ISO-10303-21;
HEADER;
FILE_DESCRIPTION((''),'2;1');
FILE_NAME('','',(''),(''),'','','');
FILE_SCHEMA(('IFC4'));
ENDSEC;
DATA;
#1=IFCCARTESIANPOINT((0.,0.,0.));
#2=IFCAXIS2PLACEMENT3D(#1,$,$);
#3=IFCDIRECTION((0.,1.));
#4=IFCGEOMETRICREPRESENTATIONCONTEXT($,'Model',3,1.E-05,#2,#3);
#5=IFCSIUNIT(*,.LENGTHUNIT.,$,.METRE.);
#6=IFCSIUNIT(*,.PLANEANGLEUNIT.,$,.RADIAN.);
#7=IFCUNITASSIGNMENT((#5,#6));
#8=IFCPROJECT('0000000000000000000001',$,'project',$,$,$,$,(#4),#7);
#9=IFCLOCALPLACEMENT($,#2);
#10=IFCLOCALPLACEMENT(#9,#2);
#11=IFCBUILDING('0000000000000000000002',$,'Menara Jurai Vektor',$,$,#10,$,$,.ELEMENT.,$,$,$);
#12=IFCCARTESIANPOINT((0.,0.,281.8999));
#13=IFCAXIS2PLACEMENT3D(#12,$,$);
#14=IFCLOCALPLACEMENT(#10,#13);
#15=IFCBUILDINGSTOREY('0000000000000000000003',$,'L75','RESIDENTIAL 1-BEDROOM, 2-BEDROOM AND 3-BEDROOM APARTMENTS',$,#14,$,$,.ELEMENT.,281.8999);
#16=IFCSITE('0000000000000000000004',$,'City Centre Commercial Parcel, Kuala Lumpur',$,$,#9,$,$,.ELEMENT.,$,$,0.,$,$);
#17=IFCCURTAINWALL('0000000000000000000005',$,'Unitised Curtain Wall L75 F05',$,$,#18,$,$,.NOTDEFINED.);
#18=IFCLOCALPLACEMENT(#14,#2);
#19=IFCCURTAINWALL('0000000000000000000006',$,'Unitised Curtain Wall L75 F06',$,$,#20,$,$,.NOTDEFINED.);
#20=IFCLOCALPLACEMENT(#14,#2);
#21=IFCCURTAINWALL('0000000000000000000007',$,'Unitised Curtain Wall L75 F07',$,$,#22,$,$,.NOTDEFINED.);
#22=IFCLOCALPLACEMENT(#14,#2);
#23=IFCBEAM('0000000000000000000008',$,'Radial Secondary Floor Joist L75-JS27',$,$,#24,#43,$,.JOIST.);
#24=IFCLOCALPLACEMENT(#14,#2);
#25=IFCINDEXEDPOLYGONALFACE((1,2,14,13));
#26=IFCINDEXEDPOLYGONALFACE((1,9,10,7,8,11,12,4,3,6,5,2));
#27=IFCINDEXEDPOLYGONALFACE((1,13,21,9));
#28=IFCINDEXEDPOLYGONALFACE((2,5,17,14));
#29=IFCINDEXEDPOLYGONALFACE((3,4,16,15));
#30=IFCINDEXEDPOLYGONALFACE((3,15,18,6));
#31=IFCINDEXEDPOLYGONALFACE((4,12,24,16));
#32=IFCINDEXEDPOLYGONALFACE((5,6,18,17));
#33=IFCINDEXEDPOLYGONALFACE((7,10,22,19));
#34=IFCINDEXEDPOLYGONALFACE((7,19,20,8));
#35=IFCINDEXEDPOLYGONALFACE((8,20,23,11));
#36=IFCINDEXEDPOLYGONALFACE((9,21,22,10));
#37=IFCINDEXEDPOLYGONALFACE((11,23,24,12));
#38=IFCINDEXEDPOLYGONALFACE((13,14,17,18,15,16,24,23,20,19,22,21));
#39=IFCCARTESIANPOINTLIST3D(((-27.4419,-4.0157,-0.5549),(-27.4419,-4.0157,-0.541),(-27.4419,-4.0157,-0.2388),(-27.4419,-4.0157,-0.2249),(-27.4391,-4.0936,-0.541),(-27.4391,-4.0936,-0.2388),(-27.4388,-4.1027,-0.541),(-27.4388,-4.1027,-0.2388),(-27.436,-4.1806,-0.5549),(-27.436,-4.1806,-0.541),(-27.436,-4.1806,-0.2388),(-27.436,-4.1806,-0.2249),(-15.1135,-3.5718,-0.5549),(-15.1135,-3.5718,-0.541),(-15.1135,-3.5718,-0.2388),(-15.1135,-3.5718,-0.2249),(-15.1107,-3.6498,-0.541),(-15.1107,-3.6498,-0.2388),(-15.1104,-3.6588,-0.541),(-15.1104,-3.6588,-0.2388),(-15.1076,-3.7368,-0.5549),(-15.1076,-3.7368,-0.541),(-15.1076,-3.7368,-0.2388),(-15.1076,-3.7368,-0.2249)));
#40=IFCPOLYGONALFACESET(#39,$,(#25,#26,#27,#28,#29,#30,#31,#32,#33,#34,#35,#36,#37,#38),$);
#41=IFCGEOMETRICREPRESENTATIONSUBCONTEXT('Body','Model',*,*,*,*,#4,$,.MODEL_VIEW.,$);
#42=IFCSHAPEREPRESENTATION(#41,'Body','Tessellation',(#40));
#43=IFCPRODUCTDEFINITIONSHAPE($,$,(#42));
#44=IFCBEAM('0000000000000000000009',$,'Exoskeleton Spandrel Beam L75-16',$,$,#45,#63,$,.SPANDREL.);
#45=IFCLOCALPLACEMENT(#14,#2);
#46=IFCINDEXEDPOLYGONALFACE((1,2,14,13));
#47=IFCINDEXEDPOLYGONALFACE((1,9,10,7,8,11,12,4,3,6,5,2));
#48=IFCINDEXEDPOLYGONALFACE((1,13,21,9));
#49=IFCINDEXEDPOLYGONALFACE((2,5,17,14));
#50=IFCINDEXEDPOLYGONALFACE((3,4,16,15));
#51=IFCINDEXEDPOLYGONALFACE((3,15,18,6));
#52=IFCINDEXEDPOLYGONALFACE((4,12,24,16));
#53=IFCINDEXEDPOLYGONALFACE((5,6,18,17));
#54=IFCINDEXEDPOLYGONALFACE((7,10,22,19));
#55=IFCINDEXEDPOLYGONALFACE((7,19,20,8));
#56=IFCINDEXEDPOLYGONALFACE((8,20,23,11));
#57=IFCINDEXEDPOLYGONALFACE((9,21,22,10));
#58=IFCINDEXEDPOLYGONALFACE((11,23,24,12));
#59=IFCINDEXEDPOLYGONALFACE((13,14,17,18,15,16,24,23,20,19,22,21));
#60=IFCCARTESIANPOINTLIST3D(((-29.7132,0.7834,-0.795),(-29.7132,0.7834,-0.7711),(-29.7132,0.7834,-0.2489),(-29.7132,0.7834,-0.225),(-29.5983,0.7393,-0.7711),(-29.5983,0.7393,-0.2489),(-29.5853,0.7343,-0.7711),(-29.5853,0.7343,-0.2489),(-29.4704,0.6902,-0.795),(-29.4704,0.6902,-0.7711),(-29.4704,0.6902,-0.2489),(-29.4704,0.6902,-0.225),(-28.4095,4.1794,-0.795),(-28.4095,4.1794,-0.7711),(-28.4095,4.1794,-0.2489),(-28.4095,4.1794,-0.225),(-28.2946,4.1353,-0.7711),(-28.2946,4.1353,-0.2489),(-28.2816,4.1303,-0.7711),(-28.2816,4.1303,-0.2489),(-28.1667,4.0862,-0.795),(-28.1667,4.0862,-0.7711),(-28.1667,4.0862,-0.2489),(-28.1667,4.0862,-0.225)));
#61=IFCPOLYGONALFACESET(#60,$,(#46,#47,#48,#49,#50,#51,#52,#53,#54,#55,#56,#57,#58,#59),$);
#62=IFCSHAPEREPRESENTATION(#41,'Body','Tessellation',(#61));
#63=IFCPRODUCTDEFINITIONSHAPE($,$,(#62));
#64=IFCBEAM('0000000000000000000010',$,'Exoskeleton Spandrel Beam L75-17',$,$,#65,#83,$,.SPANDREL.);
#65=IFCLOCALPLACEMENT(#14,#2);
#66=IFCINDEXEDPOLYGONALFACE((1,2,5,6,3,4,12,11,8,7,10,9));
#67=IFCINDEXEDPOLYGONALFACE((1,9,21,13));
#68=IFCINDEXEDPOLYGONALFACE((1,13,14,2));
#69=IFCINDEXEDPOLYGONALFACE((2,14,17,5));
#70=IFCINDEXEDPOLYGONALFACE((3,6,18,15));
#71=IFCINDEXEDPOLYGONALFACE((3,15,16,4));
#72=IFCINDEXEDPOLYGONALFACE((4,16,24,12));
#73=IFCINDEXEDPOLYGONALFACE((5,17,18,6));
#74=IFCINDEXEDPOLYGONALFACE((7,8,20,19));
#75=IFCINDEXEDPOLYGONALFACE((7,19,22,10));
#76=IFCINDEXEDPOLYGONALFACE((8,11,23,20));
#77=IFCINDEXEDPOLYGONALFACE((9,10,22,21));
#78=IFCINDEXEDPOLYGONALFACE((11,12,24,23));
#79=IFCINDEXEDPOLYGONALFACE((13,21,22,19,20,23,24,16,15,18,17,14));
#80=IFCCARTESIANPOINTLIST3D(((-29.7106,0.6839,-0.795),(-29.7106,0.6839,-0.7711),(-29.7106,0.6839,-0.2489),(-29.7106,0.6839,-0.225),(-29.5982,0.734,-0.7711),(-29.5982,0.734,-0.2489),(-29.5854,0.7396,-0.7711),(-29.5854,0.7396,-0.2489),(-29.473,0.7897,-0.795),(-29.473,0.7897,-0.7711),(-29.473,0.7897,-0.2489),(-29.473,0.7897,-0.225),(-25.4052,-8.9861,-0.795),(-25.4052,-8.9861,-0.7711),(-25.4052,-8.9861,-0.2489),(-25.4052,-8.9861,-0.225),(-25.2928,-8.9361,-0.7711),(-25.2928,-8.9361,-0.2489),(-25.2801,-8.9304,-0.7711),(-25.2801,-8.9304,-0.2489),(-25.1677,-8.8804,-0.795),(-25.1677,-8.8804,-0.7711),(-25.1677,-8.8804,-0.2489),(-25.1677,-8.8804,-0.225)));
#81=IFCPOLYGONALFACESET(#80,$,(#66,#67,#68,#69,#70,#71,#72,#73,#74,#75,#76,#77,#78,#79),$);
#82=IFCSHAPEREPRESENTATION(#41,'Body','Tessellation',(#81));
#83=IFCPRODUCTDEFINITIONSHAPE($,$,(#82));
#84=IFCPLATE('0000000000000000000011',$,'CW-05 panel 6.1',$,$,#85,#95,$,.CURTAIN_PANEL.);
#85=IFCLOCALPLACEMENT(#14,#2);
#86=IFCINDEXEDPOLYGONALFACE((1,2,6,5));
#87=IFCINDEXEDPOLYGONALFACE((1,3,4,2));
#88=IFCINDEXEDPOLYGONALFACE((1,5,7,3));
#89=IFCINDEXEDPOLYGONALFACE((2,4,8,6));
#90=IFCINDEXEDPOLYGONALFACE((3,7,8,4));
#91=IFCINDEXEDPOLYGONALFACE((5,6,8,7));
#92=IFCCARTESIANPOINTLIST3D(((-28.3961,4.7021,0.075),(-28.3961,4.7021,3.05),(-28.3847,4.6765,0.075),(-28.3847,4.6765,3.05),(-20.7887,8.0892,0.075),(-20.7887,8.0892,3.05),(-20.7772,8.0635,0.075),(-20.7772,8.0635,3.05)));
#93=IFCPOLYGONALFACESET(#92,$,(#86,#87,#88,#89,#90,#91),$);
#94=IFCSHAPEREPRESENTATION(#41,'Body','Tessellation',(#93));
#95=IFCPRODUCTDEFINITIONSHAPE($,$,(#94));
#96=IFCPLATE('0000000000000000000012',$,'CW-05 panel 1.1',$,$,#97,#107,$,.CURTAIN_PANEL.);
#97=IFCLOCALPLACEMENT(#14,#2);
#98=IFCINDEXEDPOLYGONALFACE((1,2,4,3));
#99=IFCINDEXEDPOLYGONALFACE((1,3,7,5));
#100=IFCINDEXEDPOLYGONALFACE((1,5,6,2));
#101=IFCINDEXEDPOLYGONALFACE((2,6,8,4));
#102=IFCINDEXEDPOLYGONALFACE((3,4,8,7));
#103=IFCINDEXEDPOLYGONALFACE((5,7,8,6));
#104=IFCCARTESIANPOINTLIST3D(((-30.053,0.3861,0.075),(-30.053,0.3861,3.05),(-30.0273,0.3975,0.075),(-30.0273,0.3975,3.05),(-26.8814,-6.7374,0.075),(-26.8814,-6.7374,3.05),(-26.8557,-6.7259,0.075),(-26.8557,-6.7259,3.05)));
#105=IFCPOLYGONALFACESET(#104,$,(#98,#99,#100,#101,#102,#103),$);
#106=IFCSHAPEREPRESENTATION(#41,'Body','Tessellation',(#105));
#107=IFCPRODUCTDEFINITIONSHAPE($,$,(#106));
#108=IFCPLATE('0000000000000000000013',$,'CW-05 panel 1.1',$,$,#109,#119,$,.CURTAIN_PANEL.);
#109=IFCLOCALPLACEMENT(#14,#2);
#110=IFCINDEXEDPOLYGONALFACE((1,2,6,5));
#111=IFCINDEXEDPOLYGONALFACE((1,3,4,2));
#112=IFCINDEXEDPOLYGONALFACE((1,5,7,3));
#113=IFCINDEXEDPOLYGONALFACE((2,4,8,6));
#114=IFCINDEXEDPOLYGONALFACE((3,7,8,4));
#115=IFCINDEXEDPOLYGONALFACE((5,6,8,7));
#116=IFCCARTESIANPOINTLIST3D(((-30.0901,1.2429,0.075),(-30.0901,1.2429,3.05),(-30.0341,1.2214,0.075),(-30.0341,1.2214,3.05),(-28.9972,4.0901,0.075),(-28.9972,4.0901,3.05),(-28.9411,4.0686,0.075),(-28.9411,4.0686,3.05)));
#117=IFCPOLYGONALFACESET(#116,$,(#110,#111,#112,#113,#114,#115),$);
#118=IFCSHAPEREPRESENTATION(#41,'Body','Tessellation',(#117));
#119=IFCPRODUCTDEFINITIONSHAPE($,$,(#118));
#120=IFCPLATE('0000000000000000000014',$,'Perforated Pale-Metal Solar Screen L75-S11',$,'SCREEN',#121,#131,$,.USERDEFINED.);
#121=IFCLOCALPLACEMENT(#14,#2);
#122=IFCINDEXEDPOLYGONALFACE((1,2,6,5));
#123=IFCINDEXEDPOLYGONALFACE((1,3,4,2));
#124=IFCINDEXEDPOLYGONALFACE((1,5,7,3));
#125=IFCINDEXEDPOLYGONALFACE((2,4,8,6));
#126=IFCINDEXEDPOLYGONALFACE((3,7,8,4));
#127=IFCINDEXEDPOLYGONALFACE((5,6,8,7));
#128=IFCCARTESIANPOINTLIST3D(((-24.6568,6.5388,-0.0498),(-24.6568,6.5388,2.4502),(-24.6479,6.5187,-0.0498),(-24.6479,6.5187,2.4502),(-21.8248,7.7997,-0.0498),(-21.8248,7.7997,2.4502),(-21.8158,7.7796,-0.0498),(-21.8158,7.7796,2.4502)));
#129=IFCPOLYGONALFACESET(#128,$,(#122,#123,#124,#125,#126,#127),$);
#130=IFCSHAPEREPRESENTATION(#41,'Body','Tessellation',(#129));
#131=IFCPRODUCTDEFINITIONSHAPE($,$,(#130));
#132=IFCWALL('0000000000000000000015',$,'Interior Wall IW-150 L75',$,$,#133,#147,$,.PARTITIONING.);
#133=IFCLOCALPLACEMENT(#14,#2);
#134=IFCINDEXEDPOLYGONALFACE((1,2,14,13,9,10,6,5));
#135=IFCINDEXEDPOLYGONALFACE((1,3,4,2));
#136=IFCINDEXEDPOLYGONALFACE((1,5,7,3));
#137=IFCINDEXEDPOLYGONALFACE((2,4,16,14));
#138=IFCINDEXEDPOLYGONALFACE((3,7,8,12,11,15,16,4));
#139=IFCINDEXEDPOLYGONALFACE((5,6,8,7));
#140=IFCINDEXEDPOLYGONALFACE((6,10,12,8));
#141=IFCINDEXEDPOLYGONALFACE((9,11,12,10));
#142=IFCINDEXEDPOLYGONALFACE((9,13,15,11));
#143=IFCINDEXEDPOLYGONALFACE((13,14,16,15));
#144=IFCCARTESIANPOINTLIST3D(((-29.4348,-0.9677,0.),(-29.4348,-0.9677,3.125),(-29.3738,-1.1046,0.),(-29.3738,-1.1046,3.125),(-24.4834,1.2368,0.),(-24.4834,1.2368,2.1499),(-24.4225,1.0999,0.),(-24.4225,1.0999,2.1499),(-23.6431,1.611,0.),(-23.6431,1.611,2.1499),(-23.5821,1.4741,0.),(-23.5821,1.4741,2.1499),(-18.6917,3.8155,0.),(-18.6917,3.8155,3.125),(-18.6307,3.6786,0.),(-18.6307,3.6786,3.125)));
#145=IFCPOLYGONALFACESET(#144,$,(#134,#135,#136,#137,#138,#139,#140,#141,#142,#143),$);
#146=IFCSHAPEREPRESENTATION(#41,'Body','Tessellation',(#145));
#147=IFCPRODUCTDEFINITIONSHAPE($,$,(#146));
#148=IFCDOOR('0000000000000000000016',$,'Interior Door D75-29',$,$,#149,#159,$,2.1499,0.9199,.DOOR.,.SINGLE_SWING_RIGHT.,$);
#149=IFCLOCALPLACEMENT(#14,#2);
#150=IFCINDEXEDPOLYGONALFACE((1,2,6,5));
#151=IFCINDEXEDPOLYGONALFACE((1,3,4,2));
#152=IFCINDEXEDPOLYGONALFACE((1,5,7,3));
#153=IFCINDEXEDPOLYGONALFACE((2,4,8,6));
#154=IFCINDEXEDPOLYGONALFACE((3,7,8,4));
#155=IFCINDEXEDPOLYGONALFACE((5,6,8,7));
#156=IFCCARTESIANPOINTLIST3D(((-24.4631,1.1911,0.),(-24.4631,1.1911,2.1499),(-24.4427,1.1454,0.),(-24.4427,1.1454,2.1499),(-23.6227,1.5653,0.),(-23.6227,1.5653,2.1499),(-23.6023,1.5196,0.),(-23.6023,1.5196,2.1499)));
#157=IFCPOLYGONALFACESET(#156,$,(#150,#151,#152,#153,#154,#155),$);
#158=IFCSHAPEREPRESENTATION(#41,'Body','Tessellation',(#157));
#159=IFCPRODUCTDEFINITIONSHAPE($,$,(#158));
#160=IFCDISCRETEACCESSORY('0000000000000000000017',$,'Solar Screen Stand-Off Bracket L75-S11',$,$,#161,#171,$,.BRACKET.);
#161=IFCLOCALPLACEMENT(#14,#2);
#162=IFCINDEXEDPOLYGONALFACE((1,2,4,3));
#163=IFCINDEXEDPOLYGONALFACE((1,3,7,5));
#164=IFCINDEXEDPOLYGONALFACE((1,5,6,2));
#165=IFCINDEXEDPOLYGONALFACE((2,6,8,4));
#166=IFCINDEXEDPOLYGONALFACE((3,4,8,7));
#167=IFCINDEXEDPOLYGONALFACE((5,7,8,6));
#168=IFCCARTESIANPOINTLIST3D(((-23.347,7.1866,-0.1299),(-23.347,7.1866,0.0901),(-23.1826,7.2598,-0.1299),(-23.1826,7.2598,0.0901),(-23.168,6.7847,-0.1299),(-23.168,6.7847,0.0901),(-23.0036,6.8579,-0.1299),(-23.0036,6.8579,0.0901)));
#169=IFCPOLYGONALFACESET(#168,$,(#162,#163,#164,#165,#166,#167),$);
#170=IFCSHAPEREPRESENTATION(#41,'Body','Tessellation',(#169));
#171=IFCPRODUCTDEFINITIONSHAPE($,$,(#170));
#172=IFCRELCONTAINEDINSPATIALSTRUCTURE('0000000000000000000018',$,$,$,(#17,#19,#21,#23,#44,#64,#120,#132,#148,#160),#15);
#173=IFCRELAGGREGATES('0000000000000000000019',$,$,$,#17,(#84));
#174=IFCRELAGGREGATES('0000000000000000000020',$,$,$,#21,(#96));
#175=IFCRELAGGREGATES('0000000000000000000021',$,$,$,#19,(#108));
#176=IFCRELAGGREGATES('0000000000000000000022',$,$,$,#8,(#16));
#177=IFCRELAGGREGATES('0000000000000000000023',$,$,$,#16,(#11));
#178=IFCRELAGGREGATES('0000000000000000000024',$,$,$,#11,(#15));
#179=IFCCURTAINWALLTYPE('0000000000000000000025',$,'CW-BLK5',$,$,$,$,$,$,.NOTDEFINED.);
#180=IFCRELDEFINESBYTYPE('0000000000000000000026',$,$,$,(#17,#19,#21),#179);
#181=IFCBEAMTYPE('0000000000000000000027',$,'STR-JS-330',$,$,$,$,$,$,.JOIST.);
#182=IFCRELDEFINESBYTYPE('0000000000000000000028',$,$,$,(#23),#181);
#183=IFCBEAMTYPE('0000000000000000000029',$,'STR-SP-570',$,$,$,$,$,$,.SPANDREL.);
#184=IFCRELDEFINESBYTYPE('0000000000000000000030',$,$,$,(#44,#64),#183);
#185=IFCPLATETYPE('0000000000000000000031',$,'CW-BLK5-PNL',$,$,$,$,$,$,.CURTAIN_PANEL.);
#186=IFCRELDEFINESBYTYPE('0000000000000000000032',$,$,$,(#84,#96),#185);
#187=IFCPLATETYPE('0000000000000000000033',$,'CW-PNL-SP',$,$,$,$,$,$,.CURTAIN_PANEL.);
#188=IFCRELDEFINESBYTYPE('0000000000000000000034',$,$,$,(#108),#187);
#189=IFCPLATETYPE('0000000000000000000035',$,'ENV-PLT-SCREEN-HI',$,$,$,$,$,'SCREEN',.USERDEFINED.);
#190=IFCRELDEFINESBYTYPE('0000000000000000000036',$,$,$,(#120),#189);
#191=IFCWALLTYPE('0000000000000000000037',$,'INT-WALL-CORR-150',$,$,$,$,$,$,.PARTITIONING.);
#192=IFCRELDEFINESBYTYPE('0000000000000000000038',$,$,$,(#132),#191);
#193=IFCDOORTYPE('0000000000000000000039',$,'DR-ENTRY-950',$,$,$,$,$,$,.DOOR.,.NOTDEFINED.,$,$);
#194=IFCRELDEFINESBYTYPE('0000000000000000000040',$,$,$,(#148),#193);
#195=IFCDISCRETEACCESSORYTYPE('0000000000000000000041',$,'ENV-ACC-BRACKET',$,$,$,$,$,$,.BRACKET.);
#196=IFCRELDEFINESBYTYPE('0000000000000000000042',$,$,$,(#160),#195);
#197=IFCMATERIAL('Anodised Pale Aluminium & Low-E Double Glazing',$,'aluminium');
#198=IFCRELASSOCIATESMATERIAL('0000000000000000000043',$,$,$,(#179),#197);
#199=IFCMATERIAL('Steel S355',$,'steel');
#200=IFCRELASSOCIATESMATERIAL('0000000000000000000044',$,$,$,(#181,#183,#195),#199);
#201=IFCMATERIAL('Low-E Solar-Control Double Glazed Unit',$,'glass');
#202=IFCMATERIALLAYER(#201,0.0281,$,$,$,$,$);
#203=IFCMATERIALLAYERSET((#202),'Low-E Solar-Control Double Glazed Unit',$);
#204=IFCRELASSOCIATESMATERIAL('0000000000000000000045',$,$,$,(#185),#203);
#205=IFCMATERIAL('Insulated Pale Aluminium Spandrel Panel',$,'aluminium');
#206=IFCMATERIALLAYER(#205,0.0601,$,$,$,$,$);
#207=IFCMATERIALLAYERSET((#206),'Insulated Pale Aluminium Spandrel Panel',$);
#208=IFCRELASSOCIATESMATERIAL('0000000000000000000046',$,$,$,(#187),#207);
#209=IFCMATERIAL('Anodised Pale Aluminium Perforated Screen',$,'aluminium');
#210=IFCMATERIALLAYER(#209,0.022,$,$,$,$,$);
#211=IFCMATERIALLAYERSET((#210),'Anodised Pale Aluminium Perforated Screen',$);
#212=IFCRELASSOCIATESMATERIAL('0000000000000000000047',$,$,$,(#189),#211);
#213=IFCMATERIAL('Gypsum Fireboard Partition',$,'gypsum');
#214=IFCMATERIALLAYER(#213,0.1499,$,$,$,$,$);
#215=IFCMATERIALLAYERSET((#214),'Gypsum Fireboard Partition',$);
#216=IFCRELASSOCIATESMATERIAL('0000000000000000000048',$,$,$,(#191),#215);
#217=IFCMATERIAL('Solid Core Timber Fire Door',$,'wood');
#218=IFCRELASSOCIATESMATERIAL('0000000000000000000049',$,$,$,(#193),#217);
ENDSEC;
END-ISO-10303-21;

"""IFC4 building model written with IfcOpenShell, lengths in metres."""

from ifc_helpers import new_model, si_unit, direction, frame, frame_2d, origin, origin_2d, place, context, subcontext, project, spatial, rectangle, i_section, extrude, material, layer, layer_set, material_profile, profile_set, type_object, element, fill, aggregate, save


model = new_model("IFC4")

# Units and contexts
model_context = context("Model", 3, precision=1e-05, world=origin(), true_north=direction((0.0, 1.0)))
body_context = subcontext(model_context, "Body", "Model", "MODEL_VIEW")
ifc_project = project(units=[si_unit("LENGTHUNIT", "METRE"), si_unit("PLANEANGLEUNIT", "RADIAN")], contexts=[model_context])

# Site, building, storey
site_placement = place(None, origin())
site = spatial("IfcSite", under=ifc_project, at=site_placement, Name="City Centre Commercial Parcel, Kuala Lumpur", CompositionType="ELEMENT", RefElevation=0.0)
building_placement = place(site_placement, origin())
building = spatial("IfcBuilding", under=site, at=building_placement, Name="Menara Jurai Vektor", CompositionType="ELEMENT")
storey_placement = place(building_placement, frame((0.0, 0.0, 281.8999)))
storey = spatial("IfcBuildingStorey", under=building, at=storey_placement, Name="L75", Description="RESIDENTIAL 1-BEDROOM, 2-BEDROOM AND 3-BEDROOM APARTMENTS", CompositionType="ELEMENT", Elevation=281.8999)

# Curtain wall
ifc_material_1 = material(Name="Anodised Pale Aluminium & Low-E Double Glazing", Category="aluminium")
curtain_wall_type = type_object("IfcCurtainWallType", Name="CW-BLK5", PredefinedType="NOTDEFINED", material=ifc_material_1)
curtain_wall_1_placement = place(storey_placement, origin())
curtain_wall_1 = element("IfcCurtainWall", 1, at=curtain_wall_1_placement, inside=storey, type_object=curtain_wall_type, Name="Unitised Curtain Wall L75 F05", PredefinedType="NOTDEFINED")

# Curtain wall
curtain_wall_2_placement = place(storey_placement, origin())
curtain_wall_2 = element("IfcCurtainWall", 2, at=curtain_wall_2_placement, inside=storey, type_object=curtain_wall_type, Name="Unitised Curtain Wall L75 F06", PredefinedType="NOTDEFINED")

# Curtain wall
curtain_wall_3_placement = place(storey_placement, origin())
curtain_wall_3 = element("IfcCurtainWall", 3, at=curtain_wall_3_placement, inside=storey, type_object=curtain_wall_type, Name="Unitised Curtain Wall L75 F07", PredefinedType="NOTDEFINED")

# Shared definitions
ifc_material_2 = material(Name="Steel S355", Category="steel")

# Beams
ifc_material_profile_1 = material_profile(ifc_material_2, i_section(OverallWidth=0.165, OverallDepth=0.3301, WebThickness=0.009, FlangeThickness=0.0139, at=origin_2d()), Name="PG 330x165x46")
ifc_profile_set_1 = profile_set([ifc_material_profile_1], Name="Steel S355")
beam_type_1 = type_object("IfcBeamType", Name="STR-JS-330", PredefinedType="JOIST", material=ifc_profile_set_1)
beam_1_placement = place(storey_placement, frame((-27.439, -4.0981, -0.3899), z_axis=(0.999353, 0.035979, 0.0), x_axis=(-0.035979, 0.999353, 0.0)))
element("IfcBeam", 4, at=beam_1_placement, inside=storey, type_object=beam_type_1, Name="Radial Secondary Floor Joist L75-JS27", PredefinedType="JOIST", context=body_context, shape_type="SweptSolid", body=[
    extrude(i_section(OverallWidth=0.165, OverallDepth=0.3301, WebThickness=0.009, FlangeThickness=0.0139, at=origin_2d()), origin(), (0.0, 0.0, 1.0), 12.3364),
])
ifc_material_profile_2 = material_profile(ifc_material_2, i_section(OverallWidth=0.26, OverallDepth=0.5701, WebThickness=0.0139, FlangeThickness=0.0239, at=origin_2d()), Name="PG 570x260x145")
ifc_profile_set_2 = profile_set([ifc_material_profile_2], Name="Steel S355")
beam_type_2 = type_object("IfcBeamType", Name="STR-SP-570", PredefinedType="SPANDREL", material=ifc_profile_set_2)
beam_2_placement = place(storey_placement, frame((-28.2881, 4.1328, -0.51), z_axis=(-0.358394, -0.93357, 0.0), x_axis=(0.93357, -0.358394, 0.0)))
element("IfcBeam", 5, at=beam_2_placement, inside=storey, type_object=beam_type_2, Name="Exoskeleton Spandrel Beam L75-16", PredefinedType="SPANDREL", context=body_context, shape_type="SweptSolid", body=[
    extrude(i_section(OverallWidth=0.26, OverallDepth=0.5701, WebThickness=0.0139, FlangeThickness=0.0239, at=origin_2d()), origin(), (0.0, 0.0, 1.0), 3.6377),
])
beam_3_placement = place(storey_placement, frame((-29.5918, 0.7368, -0.51), z_axis=(0.406735, -0.913546, 0.0), x_axis=(0.913546, 0.406735, 0.0)))
element("IfcBeam", 6, at=beam_3_placement, inside=storey, type_object=beam_type_2, Name="Exoskeleton Spandrel Beam L75-17", PredefinedType="SPANDREL", context=body_context, shape_type="SweptSolid", body=[
    extrude(i_section(OverallWidth=0.26, OverallDepth=0.5701, WebThickness=0.0139, FlangeThickness=0.0239, at=origin_2d()), origin(), (0.0, 0.0, 1.0), 10.5852),
])

# Plates
ifc_material_3 = material(Name="Low-E Solar-Control Double Glazed Unit", Category="glass")
ifc_layer_1 = layer(ifc_material_3, 0.0281)
ifc_layer_set_1 = layer_set([ifc_layer_1], Name="Low-E Solar-Control Double Glazed Unit")
plate_type_1 = type_object("IfcPlateType", Name="CW-BLK5-PNL", PredefinedType="CURTAIN_PANEL", material=ifc_layer_set_1)
plate_1_placement = place(storey_placement, frame((-24.5867, 6.3828, 0.075), z_axis=(0.0, 0.0, 1.0), x_axis=(-0.913546, -0.406735, 0.0)))
plate_1 = element("IfcPlate", 7, at=plate_1_placement, type_object=plate_type_1, Name="CW-05 panel 6.1", PredefinedType="CURTAIN_PANEL", context=body_context, shape_type="SweptSolid", body=[
    extrude(rectangle(XDim=8.3274, YDim=0.0281, at=origin_2d()), origin(), (0.0, 0.0, 1.0), 2.9751),
])
aggregate(curtain_wall_1, [plate_1])
plate_2_placement = place(storey_placement, frame((-28.4543, -3.1699, 0.075), z_axis=(0.0, 0.0, 1.0), x_axis=(0.406735, -0.913546, 0.0)))
plate_2 = element("IfcPlate", 8, at=plate_2_placement, type_object=plate_type_1, Name="CW-05 panel 1.1", PredefinedType="CURTAIN_PANEL", context=body_context, shape_type="SweptSolid", body=[
    extrude(rectangle(XDim=7.7976, YDim=0.0281, at=origin_2d()), origin(), (0.0, 0.0, 1.0), 2.9751),
])
aggregate(curtain_wall_3, [plate_2])
ifc_material_4 = material(Name="Insulated Pale Aluminium Spandrel Panel", Category="aluminium")
ifc_layer_2 = layer(ifc_material_4, 0.0601)
ifc_layer_set_2 = layer_set([ifc_layer_2], Name="Insulated Pale Aluminium Spandrel Panel")
plate_type_2 = type_object("IfcPlateType", Name="CW-PNL-SP", PredefinedType="CURTAIN_PANEL", material=ifc_layer_set_2)
plate_3_placement = place(storey_placement, frame((-29.5156, 2.6558, 0.075), z_axis=(0.0, 0.0, 1.0), x_axis=(-0.358374, -0.933578, 0.0)))
plate_3 = element("IfcPlate", 9, at=plate_3_placement, type_object=plate_type_2, Name="CW-05 panel 1.1", PredefinedType="CURTAIN_PANEL", context=body_context, shape_type="SweptSolid", body=[
    extrude(rectangle(XDim=3.0498, YDim=0.0601, at=origin_2d()), origin(), (0.0, 0.0, 1.0), 2.9751),
])
aggregate(curtain_wall_2, [plate_3])
ifc_material_5 = material(Name="Anodised Pale Aluminium Perforated Screen", Category="aluminium")
ifc_layer_3 = layer(ifc_material_5, 0.022)
ifc_layer_set_3 = layer_set([ifc_layer_3], Name="Anodised Pale Aluminium Perforated Screen")
plate_type_3 = type_object("IfcPlateType", Name="ENV-PLT-SCREEN-HI", ElementType="SCREEN", PredefinedType="USERDEFINED", material=ifc_layer_set_3)
plate_4_placement = place(storey_placement, frame((-23.2363, 7.1592, -0.0498), z_axis=(0.0, 0.0, 1.0), x_axis=(-0.913545, -0.406737, 0.0)))
element("IfcPlate", 10, at=plate_4_placement, inside=storey, type_object=plate_type_3, Name="Perforated Pale-Metal Solar Screen L75-S11", ObjectType="SCREEN", PredefinedType="USERDEFINED", context=body_context, shape_type="SweptSolid", body=[
    extrude(rectangle(XDim=3.1001, YDim=0.022, at=origin_2d()), origin(), (0.0, 0.0, 1.0), 2.5),
])

# Wall, opening, door
ifc_material_6 = material(Name="Gypsum Fireboard Partition", Category="gypsum")
ifc_layer_4 = layer(ifc_material_6, 0.1499)
ifc_layer_set_4 = layer_set([ifc_layer_4], Name="Gypsum Fireboard Partition")
wall_type = type_object("IfcWallType", Name="INT-WALL-CORR-150", PredefinedType="PARTITIONING", material=ifc_layer_set_4)
wall_1_placement = place(storey_placement, frame((-29.4043, -1.0361, 0.0), z_axis=(0.0, 0.0, 1.0), x_axis=(0.913544, 0.406739, 0.0)))
wall_1 = element("IfcWall", 11, at=wall_1_placement, inside=storey, type_object=wall_type, Name="Interior Wall IW-150 L75", PredefinedType="PARTITIONING", context=body_context, shape_type="SweptSolid", body=[
    extrude(rectangle(XDim=11.7598, YDim=0.1499, at=frame_2d((5.8799, 0.0))), origin(), (0.0, 0.0, 1.0), 3.125),
])
opening_1_placement = place(wall_1_placement, frame((5.4199, 0.0, 0.0)))
opening_1 = element("IfcOpeningElement", 12, at=opening_1_placement, cuts=wall_1, PredefinedType="OPENING", context=body_context, shape_type="SweptSolid", body=[
    extrude(rectangle(XDim=0.9199, YDim=2.1499, at=frame_2d((0.46, 1.075))), frame((0.0, 0.085, 0.0), z_axis=(0.0, -1.0, 0.0), x_axis=(1.0, 0.0, 0.0)), (0.0, 0.0, 1.0), 0.1699),
])
ifc_material_7 = material(Name="Solid Core Timber Fire Door", Category="wood")
door_type = type_object("IfcDoorType", Name="DR-ENTRY-950", OperationType="NOTDEFINED", PredefinedType="DOOR", material=ifc_material_7)
door_1_placement = place(opening_1_placement, origin())
door_1 = element("IfcDoor", 13, at=door_1_placement, inside=storey, type_object=door_type, Name="Interior Door D75-29", OperationType="SINGLE_SWING_RIGHT", OverallHeight=2.1499, OverallWidth=0.9199, PredefinedType="DOOR", context=body_context, shape_type="SweptSolid", body=[
    extrude(rectangle(XDim=0.9199, YDim=2.1499, at=frame_2d((0.46, 1.075))), frame((0.0, 0.0249, 0.0), z_axis=(0.0, -1.0, 0.0), x_axis=(1.0, 0.0, 0.0)), (0.0, 0.0, 1.0), 0.05),
])
fill(opening_1, door_1)

# Discrete accessory
discrete_accessory_type = type_object("IfcDiscreteAccessoryType", Name="ENV-ACC-BRACKET", PredefinedType="BRACKET", material=ifc_material_2)
discrete_accessory_placement = place(storey_placement, frame((-23.1753, 7.0222, -0.1299), z_axis=(0.0, 0.0, 1.0), x_axis=(-0.913545, -0.406737, 0.0)))
element("IfcDiscreteAccessory", 14, at=discrete_accessory_placement, inside=storey, type_object=discrete_accessory_type, Name="Solar Screen Stand-Off Bracket L75-S11", PredefinedType="BRACKET", context=body_context, shape_type="SweptSolid", body=[
    extrude(rectangle(XDim=0.1799, YDim=0.4399, at=origin_2d()), origin(), (0.0, 0.0, 1.0), 0.22),
])

save(model, "model.ifc")
